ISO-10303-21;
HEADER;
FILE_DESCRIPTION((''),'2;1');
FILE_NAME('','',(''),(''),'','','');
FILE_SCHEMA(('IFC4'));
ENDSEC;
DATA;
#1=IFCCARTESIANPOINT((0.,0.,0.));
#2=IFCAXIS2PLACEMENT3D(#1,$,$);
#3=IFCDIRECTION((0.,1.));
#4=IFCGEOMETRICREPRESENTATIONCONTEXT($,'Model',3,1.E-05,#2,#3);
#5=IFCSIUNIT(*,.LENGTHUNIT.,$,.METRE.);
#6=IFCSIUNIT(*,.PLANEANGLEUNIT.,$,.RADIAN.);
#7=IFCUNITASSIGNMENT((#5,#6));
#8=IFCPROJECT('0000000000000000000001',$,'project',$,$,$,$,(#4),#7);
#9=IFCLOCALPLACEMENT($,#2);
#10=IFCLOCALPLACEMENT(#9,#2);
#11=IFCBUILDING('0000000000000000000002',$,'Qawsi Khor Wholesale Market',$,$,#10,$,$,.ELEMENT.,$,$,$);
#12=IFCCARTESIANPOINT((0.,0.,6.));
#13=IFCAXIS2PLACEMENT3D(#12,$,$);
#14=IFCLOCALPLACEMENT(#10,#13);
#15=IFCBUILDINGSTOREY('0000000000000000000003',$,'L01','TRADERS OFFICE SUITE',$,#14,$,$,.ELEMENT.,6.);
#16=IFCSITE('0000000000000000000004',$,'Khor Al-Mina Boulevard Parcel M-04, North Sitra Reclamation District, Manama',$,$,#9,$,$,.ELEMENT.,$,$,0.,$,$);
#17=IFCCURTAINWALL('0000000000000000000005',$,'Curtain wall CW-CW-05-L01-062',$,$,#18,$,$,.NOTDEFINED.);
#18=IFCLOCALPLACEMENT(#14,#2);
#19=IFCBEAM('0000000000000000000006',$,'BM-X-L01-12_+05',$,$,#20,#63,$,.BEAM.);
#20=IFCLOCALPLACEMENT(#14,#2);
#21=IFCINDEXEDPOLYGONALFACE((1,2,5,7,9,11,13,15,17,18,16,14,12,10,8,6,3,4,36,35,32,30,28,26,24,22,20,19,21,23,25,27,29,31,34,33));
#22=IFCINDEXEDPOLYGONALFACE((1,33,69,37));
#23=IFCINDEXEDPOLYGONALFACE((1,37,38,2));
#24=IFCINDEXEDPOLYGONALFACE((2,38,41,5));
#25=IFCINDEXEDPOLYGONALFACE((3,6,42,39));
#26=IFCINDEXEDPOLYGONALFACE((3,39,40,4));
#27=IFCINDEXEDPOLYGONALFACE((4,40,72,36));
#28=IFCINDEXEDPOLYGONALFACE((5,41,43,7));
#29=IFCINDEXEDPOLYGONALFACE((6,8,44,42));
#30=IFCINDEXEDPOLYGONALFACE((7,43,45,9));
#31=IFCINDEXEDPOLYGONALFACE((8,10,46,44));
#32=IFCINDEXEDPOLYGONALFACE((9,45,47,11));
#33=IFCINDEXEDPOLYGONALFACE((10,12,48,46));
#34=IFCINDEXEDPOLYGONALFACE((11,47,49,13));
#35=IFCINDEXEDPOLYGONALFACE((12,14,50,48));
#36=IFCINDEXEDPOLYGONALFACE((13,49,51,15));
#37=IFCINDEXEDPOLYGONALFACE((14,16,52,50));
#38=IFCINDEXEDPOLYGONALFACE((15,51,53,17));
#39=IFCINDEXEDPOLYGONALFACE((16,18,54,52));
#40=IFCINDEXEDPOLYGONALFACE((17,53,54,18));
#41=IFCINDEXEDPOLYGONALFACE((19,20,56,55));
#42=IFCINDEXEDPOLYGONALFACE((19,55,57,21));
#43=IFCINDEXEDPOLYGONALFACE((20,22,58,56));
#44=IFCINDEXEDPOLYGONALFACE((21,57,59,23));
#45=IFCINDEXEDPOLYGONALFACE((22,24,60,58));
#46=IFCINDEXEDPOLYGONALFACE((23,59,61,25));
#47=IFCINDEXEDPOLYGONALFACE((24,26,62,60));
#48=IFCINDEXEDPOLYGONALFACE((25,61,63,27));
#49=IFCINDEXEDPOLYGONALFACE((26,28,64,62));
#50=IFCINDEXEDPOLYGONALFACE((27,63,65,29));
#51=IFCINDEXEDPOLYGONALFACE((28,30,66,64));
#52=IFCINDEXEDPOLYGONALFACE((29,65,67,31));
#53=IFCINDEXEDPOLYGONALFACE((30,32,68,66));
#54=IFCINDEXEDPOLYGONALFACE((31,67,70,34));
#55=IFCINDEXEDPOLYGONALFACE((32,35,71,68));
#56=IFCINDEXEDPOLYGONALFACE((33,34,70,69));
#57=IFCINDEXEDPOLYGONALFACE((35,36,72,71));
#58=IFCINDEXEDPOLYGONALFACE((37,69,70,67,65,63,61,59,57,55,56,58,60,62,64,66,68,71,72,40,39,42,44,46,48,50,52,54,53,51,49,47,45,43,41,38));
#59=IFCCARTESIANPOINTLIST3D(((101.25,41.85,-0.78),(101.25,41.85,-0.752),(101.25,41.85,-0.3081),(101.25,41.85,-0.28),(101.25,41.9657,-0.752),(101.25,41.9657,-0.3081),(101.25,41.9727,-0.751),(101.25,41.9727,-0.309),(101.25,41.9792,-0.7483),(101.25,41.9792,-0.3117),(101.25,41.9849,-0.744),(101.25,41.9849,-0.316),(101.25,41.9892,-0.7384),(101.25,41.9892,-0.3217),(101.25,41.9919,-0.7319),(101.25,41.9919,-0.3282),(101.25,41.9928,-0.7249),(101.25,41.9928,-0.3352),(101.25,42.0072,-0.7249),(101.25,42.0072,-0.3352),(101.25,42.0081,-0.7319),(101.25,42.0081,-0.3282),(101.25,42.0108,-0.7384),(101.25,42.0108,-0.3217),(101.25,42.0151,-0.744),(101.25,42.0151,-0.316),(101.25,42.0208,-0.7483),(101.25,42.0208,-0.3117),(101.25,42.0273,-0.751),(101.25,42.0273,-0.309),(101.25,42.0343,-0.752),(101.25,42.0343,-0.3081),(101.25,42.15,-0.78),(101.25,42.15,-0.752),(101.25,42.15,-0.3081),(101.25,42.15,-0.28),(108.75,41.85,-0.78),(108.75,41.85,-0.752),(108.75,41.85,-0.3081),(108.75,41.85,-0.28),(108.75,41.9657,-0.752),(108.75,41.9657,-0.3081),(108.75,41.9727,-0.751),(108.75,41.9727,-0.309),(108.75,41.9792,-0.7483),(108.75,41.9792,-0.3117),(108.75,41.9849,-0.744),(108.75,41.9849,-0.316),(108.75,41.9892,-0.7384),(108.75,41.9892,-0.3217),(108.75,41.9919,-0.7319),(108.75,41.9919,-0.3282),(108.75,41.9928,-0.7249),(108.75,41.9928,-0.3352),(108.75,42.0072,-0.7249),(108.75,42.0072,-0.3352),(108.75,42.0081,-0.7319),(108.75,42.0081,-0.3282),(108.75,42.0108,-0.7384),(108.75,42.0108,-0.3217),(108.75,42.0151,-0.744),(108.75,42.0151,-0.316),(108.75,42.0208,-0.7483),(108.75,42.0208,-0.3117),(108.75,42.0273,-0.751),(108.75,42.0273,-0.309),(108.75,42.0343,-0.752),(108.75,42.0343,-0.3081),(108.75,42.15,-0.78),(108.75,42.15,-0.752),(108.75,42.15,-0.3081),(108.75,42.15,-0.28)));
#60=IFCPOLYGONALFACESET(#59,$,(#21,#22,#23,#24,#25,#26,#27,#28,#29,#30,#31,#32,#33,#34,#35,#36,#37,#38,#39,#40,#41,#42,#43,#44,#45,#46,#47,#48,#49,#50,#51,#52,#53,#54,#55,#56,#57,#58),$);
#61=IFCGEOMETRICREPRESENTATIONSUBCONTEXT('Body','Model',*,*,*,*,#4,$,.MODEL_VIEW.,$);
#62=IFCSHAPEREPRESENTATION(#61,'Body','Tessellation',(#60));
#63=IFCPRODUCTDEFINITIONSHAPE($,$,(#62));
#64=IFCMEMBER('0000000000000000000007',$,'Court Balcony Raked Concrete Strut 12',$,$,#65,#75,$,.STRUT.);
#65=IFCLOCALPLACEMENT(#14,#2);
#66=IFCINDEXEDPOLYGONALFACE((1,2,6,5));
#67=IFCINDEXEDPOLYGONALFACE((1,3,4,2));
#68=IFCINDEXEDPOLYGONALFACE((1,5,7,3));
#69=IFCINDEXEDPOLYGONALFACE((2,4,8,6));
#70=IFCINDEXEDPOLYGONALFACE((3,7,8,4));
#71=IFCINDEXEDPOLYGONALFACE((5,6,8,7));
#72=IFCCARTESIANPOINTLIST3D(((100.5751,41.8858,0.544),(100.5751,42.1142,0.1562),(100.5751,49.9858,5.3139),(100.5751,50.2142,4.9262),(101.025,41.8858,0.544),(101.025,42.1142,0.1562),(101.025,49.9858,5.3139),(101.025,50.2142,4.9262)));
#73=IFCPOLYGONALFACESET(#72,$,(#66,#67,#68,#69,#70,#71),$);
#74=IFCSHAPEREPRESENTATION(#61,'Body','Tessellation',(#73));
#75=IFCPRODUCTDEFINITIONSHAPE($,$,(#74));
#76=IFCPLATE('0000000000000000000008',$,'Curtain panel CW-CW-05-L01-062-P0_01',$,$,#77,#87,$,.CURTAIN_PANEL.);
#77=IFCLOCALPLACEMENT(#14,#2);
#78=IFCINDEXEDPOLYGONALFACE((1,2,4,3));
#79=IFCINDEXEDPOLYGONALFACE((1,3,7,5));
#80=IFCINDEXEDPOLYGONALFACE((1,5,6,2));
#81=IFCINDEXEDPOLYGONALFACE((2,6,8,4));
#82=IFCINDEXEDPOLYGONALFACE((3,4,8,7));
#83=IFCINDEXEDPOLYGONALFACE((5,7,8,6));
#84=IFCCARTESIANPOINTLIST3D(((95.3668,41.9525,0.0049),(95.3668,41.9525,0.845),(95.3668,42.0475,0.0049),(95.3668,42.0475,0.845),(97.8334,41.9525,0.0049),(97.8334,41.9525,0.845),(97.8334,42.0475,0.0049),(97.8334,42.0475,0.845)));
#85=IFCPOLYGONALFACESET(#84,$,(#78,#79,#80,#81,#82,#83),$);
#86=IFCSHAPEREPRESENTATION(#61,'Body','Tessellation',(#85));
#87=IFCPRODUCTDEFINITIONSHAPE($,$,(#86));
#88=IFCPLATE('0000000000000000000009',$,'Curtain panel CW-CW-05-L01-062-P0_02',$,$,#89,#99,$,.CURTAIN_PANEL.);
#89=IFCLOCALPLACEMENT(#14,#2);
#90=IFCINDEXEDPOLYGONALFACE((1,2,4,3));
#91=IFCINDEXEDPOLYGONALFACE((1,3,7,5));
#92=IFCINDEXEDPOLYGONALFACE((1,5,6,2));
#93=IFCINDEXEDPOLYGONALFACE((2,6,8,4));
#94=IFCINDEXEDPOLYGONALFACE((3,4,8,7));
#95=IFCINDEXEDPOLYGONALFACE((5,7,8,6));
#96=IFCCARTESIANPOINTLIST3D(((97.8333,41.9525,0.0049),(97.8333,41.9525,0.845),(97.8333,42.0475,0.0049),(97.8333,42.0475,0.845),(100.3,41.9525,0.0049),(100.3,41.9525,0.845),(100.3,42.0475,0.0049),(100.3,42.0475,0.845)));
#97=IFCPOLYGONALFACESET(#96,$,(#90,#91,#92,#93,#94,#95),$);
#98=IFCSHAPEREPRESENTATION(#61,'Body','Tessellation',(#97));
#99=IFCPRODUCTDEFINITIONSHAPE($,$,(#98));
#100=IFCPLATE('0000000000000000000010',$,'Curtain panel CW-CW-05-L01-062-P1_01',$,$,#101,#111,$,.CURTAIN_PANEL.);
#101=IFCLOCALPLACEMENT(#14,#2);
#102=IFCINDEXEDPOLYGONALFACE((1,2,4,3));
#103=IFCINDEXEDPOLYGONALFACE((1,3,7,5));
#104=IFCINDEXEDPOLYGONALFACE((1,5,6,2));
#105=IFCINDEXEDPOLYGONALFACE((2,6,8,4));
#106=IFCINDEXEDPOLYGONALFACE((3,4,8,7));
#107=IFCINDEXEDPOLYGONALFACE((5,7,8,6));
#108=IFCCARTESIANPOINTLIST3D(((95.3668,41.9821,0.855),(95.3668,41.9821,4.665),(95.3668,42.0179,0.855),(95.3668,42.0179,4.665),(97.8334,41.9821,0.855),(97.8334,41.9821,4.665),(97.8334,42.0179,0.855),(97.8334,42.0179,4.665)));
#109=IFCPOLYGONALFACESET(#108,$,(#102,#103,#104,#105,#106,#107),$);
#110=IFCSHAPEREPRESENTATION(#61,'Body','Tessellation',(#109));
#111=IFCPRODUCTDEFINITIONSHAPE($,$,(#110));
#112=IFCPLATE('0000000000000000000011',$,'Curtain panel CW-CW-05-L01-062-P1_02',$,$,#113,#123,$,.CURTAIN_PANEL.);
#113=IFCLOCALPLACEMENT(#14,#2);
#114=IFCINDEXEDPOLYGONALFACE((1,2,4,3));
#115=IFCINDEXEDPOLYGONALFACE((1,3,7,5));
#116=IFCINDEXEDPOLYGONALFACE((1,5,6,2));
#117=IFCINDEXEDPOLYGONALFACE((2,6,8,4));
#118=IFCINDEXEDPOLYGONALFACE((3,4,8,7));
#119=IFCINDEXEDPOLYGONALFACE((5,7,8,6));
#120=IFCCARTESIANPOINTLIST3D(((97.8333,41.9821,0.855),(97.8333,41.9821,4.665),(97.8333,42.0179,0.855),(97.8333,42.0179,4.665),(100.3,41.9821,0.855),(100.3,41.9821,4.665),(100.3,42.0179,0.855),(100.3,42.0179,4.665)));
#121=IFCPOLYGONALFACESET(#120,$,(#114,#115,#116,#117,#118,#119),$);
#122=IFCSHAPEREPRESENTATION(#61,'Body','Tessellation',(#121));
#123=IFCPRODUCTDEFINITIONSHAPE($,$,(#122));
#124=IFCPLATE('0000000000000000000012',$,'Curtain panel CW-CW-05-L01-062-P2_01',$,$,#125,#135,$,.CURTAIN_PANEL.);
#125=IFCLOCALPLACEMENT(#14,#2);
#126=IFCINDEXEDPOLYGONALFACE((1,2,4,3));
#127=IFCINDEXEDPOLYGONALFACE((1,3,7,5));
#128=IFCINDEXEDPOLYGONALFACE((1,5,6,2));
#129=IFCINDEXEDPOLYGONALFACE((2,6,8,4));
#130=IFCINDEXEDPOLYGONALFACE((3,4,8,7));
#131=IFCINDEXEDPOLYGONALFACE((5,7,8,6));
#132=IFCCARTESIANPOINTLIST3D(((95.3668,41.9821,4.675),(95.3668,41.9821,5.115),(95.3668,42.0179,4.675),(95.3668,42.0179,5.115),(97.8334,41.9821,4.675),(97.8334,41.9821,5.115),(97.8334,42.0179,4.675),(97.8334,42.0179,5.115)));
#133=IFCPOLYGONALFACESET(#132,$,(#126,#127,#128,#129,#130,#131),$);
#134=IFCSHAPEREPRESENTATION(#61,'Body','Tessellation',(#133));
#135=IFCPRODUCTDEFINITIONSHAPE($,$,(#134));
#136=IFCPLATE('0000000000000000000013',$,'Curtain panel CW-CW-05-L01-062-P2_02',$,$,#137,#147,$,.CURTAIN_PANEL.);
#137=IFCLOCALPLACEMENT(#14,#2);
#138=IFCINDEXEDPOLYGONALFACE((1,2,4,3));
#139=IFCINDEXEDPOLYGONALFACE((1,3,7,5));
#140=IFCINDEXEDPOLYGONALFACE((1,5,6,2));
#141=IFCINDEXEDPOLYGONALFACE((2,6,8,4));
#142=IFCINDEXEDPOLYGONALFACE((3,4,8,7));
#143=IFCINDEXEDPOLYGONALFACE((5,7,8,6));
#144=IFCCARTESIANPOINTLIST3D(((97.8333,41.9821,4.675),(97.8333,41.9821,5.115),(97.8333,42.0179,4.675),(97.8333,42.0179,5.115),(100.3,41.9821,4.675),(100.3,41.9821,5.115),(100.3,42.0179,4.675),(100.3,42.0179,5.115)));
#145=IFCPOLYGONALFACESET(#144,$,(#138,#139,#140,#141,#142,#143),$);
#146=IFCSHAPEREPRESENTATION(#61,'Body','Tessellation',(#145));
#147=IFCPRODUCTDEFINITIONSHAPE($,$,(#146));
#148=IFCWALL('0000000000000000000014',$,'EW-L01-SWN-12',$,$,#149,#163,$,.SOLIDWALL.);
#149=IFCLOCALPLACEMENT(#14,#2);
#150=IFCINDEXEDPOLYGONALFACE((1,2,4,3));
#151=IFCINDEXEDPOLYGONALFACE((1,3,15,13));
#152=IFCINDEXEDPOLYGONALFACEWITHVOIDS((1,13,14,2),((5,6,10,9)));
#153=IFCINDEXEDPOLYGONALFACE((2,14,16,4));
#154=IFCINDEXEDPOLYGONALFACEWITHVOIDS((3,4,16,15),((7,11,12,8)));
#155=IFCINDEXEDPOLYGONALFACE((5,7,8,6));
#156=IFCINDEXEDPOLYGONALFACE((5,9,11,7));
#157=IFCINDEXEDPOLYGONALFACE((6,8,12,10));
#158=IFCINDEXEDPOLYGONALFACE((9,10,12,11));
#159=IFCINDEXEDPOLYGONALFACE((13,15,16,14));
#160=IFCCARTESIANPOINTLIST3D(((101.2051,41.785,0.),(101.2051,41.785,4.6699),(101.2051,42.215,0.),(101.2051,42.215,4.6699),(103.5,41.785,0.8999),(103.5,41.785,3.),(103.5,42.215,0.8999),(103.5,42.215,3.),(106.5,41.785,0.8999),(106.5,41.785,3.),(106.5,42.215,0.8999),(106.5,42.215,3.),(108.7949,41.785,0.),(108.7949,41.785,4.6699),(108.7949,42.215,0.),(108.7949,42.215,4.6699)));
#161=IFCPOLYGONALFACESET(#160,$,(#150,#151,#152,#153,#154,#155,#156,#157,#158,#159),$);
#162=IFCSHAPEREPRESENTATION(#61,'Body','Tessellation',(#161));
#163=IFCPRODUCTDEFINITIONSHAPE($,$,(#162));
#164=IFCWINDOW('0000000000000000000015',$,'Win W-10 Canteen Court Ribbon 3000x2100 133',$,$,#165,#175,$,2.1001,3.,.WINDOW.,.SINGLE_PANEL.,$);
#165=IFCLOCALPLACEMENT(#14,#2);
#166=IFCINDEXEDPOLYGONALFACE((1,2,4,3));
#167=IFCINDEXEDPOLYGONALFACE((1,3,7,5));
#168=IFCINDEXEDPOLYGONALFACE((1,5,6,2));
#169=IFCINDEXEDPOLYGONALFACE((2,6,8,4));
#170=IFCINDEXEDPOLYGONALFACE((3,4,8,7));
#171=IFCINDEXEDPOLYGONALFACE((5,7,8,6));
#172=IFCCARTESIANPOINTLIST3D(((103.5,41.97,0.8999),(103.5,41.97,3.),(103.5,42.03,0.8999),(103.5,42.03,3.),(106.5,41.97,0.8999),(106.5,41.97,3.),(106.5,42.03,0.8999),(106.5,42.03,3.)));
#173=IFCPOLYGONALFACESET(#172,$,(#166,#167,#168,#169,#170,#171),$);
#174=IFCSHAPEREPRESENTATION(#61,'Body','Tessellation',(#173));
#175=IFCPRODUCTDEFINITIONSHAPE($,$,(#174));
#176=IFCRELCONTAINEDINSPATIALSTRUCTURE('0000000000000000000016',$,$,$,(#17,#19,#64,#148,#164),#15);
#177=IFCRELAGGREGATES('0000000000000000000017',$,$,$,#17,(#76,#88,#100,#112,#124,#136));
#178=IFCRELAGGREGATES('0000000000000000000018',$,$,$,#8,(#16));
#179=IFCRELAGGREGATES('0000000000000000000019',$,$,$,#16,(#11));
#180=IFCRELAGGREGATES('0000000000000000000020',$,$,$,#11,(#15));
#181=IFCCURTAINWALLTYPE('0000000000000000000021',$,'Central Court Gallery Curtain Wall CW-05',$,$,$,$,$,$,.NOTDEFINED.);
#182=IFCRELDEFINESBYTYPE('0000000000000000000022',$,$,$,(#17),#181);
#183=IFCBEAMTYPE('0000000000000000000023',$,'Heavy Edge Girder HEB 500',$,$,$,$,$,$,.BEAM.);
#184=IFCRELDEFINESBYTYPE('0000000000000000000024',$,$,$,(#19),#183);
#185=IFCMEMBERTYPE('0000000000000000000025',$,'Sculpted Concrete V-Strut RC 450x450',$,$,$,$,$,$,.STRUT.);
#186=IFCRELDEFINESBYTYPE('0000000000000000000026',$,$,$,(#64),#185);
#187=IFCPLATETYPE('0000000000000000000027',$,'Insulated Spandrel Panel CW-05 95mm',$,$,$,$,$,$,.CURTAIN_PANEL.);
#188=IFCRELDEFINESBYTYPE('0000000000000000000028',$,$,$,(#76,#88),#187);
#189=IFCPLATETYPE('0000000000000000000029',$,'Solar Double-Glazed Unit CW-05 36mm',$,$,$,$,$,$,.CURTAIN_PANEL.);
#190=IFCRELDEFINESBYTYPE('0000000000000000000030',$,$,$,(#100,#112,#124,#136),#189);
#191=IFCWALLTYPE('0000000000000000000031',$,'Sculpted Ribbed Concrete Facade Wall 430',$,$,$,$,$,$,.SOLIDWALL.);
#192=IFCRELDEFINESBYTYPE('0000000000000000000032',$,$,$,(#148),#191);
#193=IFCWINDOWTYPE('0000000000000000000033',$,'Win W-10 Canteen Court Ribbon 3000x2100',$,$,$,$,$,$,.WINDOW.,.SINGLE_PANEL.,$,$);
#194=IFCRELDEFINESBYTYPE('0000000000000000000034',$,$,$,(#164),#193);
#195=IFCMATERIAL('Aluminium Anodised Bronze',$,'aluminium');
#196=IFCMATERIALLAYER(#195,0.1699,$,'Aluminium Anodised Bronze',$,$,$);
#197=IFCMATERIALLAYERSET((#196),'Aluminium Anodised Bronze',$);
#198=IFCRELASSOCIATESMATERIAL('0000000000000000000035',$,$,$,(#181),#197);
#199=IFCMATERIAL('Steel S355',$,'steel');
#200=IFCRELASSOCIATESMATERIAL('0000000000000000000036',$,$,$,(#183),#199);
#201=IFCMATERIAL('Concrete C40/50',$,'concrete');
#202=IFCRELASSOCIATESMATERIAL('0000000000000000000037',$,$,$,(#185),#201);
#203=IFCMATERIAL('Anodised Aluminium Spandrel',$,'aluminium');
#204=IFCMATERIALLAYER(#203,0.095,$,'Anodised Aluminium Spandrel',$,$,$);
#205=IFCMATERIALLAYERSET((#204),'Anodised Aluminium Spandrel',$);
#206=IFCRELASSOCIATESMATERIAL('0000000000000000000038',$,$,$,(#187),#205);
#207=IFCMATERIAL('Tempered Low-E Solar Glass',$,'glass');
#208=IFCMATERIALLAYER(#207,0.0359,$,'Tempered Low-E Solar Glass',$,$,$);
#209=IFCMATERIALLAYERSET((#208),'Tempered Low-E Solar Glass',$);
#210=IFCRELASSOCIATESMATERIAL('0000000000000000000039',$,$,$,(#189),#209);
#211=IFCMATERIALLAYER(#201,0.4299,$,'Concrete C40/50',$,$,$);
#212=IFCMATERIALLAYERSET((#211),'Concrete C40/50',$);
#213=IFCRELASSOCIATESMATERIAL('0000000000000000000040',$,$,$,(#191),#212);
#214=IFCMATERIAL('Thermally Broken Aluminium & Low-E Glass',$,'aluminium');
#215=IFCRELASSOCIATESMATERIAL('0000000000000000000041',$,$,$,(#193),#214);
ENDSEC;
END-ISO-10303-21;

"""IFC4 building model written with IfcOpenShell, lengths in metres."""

from ifc_helpers import new_model, si_unit, direction, frame, frame_2d, origin, origin_2d, place, context, subcontext, project, spatial, rectangle, i_section, extrude, material, layer, layer_set, material_profile, profile_set, type_object, element, fill, aggregate, save


model = new_model("IFC4")

# Units and contexts
model_context = context("Model", 3, precision=1e-05, world=origin(), true_north=direction((0.0, 1.0)))
body_context = subcontext(model_context, "Body", "Model", "MODEL_VIEW")
ifc_project = project(units=[si_unit("LENGTHUNIT", "METRE"), si_unit("PLANEANGLEUNIT", "RADIAN")], contexts=[model_context])

# Site, building, storey
site_placement = place(None, origin())
site = spatial("IfcSite", under=ifc_project, at=site_placement, Name="Khor Al-Mina Boulevard Parcel M-04, North Sitra Reclamation District, Manama", CompositionType="ELEMENT", RefElevation=0.0)
building_placement = place(site_placement, origin())
building = spatial("IfcBuilding", under=site, at=building_placement, Name="Qawsi Khor Wholesale Market", CompositionType="ELEMENT")
storey_placement = place(building_placement, frame((0.0, 0.0, 6.0)))
storey = spatial("IfcBuildingStorey", under=building, at=storey_placement, Name="L01", Description="TRADERS OFFICE SUITE", CompositionType="ELEMENT", Elevation=6.0)

# Shared definitions
ifc_material_1 = material(Name="Concrete C40/50", Category="concrete")

# Curtain wall
ifc_material_2 = material(Name="Aluminium Anodised Bronze", Category="aluminium")
ifc_layer_1 = layer(ifc_material_2, 0.1699, Name="Aluminium Anodised Bronze")
ifc_layer_set_1 = layer_set([ifc_layer_1], Name="Aluminium Anodised Bronze")
curtain_wall_type = type_object("IfcCurtainWallType", Name="Central Court Gallery Curtain Wall CW-05", PredefinedType="NOTDEFINED", material=ifc_layer_set_1)
curtain_wall_placement = place(storey_placement, origin())
curtain_wall = element("IfcCurtainWall", 1, at=curtain_wall_placement, inside=storey, type_object=curtain_wall_type, Name="Curtain wall CW-CW-05-L01-062", PredefinedType="NOTDEFINED")

# Beam
ifc_material_3 = material(Name="Steel S355", Category="steel")
ifc_material_profile_1 = material_profile(ifc_material_3, i_section(OverallWidth=0.3, OverallDepth=0.5, WebThickness=0.0144, FlangeThickness=0.0281, FilletRadius=0.0271, at=origin_2d()), Name="HEB 500")
ifc_profile_set_1 = profile_set([ifc_material_profile_1], Name="Steel S355")
beam_type = type_object("IfcBeamType", Name="Heavy Edge Girder HEB 500", PredefinedType="BEAM", material=ifc_profile_set_1)
beam_placement = place(storey_placement, frame((101.25, 42.0, -0.53), z_axis=(1.0, 0.0, 0.0), x_axis=(0.0, 1.0, 0.0)))
element("IfcBeam", 2, at=beam_placement, inside=storey, type_object=beam_type, Name="BM-X-L01-12_+05", PredefinedType="BEAM", context=body_context, shape_type="SweptSolid", body=[
    extrude(i_section(OverallWidth=0.3, OverallDepth=0.5, WebThickness=0.0144, FlangeThickness=0.0281, FilletRadius=0.0271, at=origin_2d()), origin(), (0.0, 0.0, 1.0), 7.5),
])

# Member
ifc_material_profile_2 = material_profile(ifc_material_1, rectangle(XDim=0.45, YDim=0.45, at=origin_2d()), Name="RC 450x450")
ifc_profile_set_2 = profile_set([ifc_material_profile_2], Name="Concrete C40/50")
member_type_1 = type_object("IfcMemberType", Name="Sculpted Concrete V-Strut RC 450x450", PredefinedType="STRUT", material=ifc_profile_set_2)
member_1_placement = place(storey_placement, frame((100.8, 42.0, 0.3501), z_axis=(0.0, 0.86169, 0.507435), x_axis=(-1.0, 0.0, 0.0)))
element("IfcMember", 3, at=member_1_placement, inside=storey, type_object=member_type_1, Name="Court Balcony Raked Concrete Strut 12", PredefinedType="STRUT", context=body_context, shape_type="SweptSolid", body=[
    extrude(rectangle(XDim=0.45, YDim=0.45, at=origin_2d()), origin(), (0.0, 0.0, 1.0), 9.4001),
])

# Plates
ifc_material_4 = material(Name="Anodised Aluminium Spandrel", Category="aluminium")
ifc_layer_2 = layer(ifc_material_4, 0.095, Name="Anodised Aluminium Spandrel")
ifc_layer_set_2 = layer_set([ifc_layer_2], Name="Anodised Aluminium Spandrel")
plate_type_1 = type_object("IfcPlateType", Name="Insulated Spandrel Panel CW-05 95mm", PredefinedType="CURTAIN_PANEL", material=ifc_layer_set_2)
plate_1_placement = place(storey_placement, frame((95.3667, 42.0, 0.0049), z_axis=(0.0, 0.0, 1.0), x_axis=(1.0, 0.0, 0.0)))
plate_1 = element("IfcPlate", 4, at=plate_1_placement, type_object=plate_type_1, Name="Curtain panel CW-CW-05-L01-062-P0_01", PredefinedType="CURTAIN_PANEL", context=body_context, shape_type="SweptSolid", body=[
    extrude(rectangle(XDim=2.4666, YDim=0.095, at=frame_2d((1.2334, 0.0))), origin(), (0.0, 0.0, 1.0), 0.8401),
])
plate_2_placement = place(storey_placement, frame((97.8333, 42.0, 0.0049), z_axis=(0.0, 0.0, 1.0), x_axis=(1.0, 0.0, 0.0)))
plate_2 = element("IfcPlate", 5, at=plate_2_placement, type_object=plate_type_1, Name="Curtain panel CW-CW-05-L01-062-P0_02", PredefinedType="CURTAIN_PANEL", context=body_context, shape_type="SweptSolid", body=[
    extrude(rectangle(XDim=2.4668, YDim=0.095, at=frame_2d((1.2334, 0.0))), origin(), (0.0, 0.0, 1.0), 0.8401),
])
ifc_material_5 = material(Name="Tempered Low-E Solar Glass", Category="glass")
ifc_layer_3 = layer(ifc_material_5, 0.0359, Name="Tempered Low-E Solar Glass")
ifc_layer_set_3 = layer_set([ifc_layer_3], Name="Tempered Low-E Solar Glass")
plate_type_2 = type_object("IfcPlateType", Name="Solar Double-Glazed Unit CW-05 36mm", PredefinedType="CURTAIN_PANEL", material=ifc_layer_set_3)
plate_3_placement = place(storey_placement, frame((95.3667, 42.0, 0.855), z_axis=(0.0, 0.0, 1.0), x_axis=(1.0, 0.0, 0.0)))
plate_3 = element("IfcPlate", 6, at=plate_3_placement, type_object=plate_type_2, Name="Curtain panel CW-CW-05-L01-062-P1_01", PredefinedType="CURTAIN_PANEL", context=body_context, shape_type="SweptSolid", body=[
    extrude(rectangle(XDim=2.4666, YDim=0.0359, at=frame_2d((1.2334, 0.0))), origin(), (0.0, 0.0, 1.0), 3.8101),
])
plate_4_placement = place(storey_placement, frame((97.8333, 42.0, 0.855), z_axis=(0.0, 0.0, 1.0), x_axis=(1.0, 0.0, 0.0)))
plate_4 = element("IfcPlate", 7, at=plate_4_placement, type_object=plate_type_2, Name="Curtain panel CW-CW-05-L01-062-P1_02", PredefinedType="CURTAIN_PANEL", context=body_context, shape_type="SweptSolid", body=[
    extrude(rectangle(XDim=2.4668, YDim=0.0359, at=frame_2d((1.2334, 0.0))), origin(), (0.0, 0.0, 1.0), 3.8101),
])
plate_5_placement = place(storey_placement, frame((95.3667, 42.0, 4.675), z_axis=(0.0, 0.0, 1.0), x_axis=(1.0, 0.0, 0.0)))
plate_5 = element("IfcPlate", 8, at=plate_5_placement, type_object=plate_type_2, Name="Curtain panel CW-CW-05-L01-062-P2_01", PredefinedType="CURTAIN_PANEL", context=body_context, shape_type="SweptSolid", body=[
    extrude(rectangle(XDim=2.4666, YDim=0.0359, at=frame_2d((1.2334, 0.0))), origin(), (0.0, 0.0, 1.0), 0.4399),
])
plate_6_placement = place(storey_placement, frame((97.8333, 42.0, 4.675), z_axis=(0.0, 0.0, 1.0), x_axis=(1.0, 0.0, 0.0)))
plate_6 = element("IfcPlate", 9, at=plate_6_placement, type_object=plate_type_2, Name="Curtain panel CW-CW-05-L01-062-P2_02", PredefinedType="CURTAIN_PANEL", context=body_context, shape_type="SweptSolid", body=[
    extrude(rectangle(XDim=2.4668, YDim=0.0359, at=frame_2d((1.2334, 0.0))), origin(), (0.0, 0.0, 1.0), 0.4399),
])
aggregate(curtain_wall, [plate_1, plate_2, plate_3, plate_4, plate_5, plate_6])

# Wall, opening, window
ifc_layer_4 = layer(ifc_material_1, 0.4299, Name="Concrete C40/50")
ifc_layer_set_4 = layer_set([ifc_layer_4], Name="Concrete C40/50")
wall_type = type_object("IfcWallType", Name="Sculpted Ribbed Concrete Facade Wall 430", PredefinedType="SOLIDWALL", material=ifc_layer_set_4)
wall_placement = place(storey_placement, frame((101.2051, 42.0, 0.0), z_axis=(0.0, 0.0, 1.0), x_axis=(1.0, 0.0, 0.0)))
wall = element("IfcWall", 10, at=wall_placement, inside=storey, type_object=wall_type, Name="EW-L01-SWN-12", PredefinedType="SOLIDWALL", context=body_context, shape_type="SweptSolid", body=[
    extrude(rectangle(XDim=7.5898, YDim=0.4299, at=frame_2d((3.7949, 0.0))), origin(), (0.0, 0.0, 1.0), 4.6699),
])
opening_placement = place(wall_placement, frame((2.2949, 0.0, 0.8999)))
opening = element("IfcOpeningElement", 11, at=opening_placement, cuts=wall, PredefinedType="OPENING", context=body_context, shape_type="SweptSolid", body=[
    extrude(rectangle(XDim=3.0, YDim=2.1001, at=frame_2d((1.5, 1.05))), frame((0.0, 0.2249, 0.0), z_axis=(0.0, -1.0, 0.0), x_axis=(1.0, 0.0, 0.0)), (0.0, 0.0, 1.0), 0.45),
])
ifc_material_6 = material(Name="Thermally Broken Aluminium & Low-E Glass", Category="aluminium")
window_type = type_object("IfcWindowType", Name="Win W-10 Canteen Court Ribbon 3000x2100", PartitioningType="SINGLE_PANEL", PredefinedType="WINDOW", material=ifc_material_6)
window_placement = place(opening_placement, origin())
window = element("IfcWindow", 12, at=window_placement, inside=storey, type_object=window_type, Name="Win W-10 Canteen Court Ribbon 3000x2100 133", OverallHeight=2.1001, OverallWidth=3.0, PartitioningType="SINGLE_PANEL", PredefinedType="WINDOW", context=body_context, shape_type="SweptSolid", body=[
    extrude(rectangle(XDim=3.0, YDim=2.1001, at=frame_2d((1.5, 1.05))), frame((0.0, 0.03, 0.0), z_axis=(0.0, -1.0, 0.0), x_axis=(1.0, 0.0, 0.0)), (0.0, 0.0, 1.0), 0.0601),
])
fill(opening, window)

save(model, "model.ifc")
